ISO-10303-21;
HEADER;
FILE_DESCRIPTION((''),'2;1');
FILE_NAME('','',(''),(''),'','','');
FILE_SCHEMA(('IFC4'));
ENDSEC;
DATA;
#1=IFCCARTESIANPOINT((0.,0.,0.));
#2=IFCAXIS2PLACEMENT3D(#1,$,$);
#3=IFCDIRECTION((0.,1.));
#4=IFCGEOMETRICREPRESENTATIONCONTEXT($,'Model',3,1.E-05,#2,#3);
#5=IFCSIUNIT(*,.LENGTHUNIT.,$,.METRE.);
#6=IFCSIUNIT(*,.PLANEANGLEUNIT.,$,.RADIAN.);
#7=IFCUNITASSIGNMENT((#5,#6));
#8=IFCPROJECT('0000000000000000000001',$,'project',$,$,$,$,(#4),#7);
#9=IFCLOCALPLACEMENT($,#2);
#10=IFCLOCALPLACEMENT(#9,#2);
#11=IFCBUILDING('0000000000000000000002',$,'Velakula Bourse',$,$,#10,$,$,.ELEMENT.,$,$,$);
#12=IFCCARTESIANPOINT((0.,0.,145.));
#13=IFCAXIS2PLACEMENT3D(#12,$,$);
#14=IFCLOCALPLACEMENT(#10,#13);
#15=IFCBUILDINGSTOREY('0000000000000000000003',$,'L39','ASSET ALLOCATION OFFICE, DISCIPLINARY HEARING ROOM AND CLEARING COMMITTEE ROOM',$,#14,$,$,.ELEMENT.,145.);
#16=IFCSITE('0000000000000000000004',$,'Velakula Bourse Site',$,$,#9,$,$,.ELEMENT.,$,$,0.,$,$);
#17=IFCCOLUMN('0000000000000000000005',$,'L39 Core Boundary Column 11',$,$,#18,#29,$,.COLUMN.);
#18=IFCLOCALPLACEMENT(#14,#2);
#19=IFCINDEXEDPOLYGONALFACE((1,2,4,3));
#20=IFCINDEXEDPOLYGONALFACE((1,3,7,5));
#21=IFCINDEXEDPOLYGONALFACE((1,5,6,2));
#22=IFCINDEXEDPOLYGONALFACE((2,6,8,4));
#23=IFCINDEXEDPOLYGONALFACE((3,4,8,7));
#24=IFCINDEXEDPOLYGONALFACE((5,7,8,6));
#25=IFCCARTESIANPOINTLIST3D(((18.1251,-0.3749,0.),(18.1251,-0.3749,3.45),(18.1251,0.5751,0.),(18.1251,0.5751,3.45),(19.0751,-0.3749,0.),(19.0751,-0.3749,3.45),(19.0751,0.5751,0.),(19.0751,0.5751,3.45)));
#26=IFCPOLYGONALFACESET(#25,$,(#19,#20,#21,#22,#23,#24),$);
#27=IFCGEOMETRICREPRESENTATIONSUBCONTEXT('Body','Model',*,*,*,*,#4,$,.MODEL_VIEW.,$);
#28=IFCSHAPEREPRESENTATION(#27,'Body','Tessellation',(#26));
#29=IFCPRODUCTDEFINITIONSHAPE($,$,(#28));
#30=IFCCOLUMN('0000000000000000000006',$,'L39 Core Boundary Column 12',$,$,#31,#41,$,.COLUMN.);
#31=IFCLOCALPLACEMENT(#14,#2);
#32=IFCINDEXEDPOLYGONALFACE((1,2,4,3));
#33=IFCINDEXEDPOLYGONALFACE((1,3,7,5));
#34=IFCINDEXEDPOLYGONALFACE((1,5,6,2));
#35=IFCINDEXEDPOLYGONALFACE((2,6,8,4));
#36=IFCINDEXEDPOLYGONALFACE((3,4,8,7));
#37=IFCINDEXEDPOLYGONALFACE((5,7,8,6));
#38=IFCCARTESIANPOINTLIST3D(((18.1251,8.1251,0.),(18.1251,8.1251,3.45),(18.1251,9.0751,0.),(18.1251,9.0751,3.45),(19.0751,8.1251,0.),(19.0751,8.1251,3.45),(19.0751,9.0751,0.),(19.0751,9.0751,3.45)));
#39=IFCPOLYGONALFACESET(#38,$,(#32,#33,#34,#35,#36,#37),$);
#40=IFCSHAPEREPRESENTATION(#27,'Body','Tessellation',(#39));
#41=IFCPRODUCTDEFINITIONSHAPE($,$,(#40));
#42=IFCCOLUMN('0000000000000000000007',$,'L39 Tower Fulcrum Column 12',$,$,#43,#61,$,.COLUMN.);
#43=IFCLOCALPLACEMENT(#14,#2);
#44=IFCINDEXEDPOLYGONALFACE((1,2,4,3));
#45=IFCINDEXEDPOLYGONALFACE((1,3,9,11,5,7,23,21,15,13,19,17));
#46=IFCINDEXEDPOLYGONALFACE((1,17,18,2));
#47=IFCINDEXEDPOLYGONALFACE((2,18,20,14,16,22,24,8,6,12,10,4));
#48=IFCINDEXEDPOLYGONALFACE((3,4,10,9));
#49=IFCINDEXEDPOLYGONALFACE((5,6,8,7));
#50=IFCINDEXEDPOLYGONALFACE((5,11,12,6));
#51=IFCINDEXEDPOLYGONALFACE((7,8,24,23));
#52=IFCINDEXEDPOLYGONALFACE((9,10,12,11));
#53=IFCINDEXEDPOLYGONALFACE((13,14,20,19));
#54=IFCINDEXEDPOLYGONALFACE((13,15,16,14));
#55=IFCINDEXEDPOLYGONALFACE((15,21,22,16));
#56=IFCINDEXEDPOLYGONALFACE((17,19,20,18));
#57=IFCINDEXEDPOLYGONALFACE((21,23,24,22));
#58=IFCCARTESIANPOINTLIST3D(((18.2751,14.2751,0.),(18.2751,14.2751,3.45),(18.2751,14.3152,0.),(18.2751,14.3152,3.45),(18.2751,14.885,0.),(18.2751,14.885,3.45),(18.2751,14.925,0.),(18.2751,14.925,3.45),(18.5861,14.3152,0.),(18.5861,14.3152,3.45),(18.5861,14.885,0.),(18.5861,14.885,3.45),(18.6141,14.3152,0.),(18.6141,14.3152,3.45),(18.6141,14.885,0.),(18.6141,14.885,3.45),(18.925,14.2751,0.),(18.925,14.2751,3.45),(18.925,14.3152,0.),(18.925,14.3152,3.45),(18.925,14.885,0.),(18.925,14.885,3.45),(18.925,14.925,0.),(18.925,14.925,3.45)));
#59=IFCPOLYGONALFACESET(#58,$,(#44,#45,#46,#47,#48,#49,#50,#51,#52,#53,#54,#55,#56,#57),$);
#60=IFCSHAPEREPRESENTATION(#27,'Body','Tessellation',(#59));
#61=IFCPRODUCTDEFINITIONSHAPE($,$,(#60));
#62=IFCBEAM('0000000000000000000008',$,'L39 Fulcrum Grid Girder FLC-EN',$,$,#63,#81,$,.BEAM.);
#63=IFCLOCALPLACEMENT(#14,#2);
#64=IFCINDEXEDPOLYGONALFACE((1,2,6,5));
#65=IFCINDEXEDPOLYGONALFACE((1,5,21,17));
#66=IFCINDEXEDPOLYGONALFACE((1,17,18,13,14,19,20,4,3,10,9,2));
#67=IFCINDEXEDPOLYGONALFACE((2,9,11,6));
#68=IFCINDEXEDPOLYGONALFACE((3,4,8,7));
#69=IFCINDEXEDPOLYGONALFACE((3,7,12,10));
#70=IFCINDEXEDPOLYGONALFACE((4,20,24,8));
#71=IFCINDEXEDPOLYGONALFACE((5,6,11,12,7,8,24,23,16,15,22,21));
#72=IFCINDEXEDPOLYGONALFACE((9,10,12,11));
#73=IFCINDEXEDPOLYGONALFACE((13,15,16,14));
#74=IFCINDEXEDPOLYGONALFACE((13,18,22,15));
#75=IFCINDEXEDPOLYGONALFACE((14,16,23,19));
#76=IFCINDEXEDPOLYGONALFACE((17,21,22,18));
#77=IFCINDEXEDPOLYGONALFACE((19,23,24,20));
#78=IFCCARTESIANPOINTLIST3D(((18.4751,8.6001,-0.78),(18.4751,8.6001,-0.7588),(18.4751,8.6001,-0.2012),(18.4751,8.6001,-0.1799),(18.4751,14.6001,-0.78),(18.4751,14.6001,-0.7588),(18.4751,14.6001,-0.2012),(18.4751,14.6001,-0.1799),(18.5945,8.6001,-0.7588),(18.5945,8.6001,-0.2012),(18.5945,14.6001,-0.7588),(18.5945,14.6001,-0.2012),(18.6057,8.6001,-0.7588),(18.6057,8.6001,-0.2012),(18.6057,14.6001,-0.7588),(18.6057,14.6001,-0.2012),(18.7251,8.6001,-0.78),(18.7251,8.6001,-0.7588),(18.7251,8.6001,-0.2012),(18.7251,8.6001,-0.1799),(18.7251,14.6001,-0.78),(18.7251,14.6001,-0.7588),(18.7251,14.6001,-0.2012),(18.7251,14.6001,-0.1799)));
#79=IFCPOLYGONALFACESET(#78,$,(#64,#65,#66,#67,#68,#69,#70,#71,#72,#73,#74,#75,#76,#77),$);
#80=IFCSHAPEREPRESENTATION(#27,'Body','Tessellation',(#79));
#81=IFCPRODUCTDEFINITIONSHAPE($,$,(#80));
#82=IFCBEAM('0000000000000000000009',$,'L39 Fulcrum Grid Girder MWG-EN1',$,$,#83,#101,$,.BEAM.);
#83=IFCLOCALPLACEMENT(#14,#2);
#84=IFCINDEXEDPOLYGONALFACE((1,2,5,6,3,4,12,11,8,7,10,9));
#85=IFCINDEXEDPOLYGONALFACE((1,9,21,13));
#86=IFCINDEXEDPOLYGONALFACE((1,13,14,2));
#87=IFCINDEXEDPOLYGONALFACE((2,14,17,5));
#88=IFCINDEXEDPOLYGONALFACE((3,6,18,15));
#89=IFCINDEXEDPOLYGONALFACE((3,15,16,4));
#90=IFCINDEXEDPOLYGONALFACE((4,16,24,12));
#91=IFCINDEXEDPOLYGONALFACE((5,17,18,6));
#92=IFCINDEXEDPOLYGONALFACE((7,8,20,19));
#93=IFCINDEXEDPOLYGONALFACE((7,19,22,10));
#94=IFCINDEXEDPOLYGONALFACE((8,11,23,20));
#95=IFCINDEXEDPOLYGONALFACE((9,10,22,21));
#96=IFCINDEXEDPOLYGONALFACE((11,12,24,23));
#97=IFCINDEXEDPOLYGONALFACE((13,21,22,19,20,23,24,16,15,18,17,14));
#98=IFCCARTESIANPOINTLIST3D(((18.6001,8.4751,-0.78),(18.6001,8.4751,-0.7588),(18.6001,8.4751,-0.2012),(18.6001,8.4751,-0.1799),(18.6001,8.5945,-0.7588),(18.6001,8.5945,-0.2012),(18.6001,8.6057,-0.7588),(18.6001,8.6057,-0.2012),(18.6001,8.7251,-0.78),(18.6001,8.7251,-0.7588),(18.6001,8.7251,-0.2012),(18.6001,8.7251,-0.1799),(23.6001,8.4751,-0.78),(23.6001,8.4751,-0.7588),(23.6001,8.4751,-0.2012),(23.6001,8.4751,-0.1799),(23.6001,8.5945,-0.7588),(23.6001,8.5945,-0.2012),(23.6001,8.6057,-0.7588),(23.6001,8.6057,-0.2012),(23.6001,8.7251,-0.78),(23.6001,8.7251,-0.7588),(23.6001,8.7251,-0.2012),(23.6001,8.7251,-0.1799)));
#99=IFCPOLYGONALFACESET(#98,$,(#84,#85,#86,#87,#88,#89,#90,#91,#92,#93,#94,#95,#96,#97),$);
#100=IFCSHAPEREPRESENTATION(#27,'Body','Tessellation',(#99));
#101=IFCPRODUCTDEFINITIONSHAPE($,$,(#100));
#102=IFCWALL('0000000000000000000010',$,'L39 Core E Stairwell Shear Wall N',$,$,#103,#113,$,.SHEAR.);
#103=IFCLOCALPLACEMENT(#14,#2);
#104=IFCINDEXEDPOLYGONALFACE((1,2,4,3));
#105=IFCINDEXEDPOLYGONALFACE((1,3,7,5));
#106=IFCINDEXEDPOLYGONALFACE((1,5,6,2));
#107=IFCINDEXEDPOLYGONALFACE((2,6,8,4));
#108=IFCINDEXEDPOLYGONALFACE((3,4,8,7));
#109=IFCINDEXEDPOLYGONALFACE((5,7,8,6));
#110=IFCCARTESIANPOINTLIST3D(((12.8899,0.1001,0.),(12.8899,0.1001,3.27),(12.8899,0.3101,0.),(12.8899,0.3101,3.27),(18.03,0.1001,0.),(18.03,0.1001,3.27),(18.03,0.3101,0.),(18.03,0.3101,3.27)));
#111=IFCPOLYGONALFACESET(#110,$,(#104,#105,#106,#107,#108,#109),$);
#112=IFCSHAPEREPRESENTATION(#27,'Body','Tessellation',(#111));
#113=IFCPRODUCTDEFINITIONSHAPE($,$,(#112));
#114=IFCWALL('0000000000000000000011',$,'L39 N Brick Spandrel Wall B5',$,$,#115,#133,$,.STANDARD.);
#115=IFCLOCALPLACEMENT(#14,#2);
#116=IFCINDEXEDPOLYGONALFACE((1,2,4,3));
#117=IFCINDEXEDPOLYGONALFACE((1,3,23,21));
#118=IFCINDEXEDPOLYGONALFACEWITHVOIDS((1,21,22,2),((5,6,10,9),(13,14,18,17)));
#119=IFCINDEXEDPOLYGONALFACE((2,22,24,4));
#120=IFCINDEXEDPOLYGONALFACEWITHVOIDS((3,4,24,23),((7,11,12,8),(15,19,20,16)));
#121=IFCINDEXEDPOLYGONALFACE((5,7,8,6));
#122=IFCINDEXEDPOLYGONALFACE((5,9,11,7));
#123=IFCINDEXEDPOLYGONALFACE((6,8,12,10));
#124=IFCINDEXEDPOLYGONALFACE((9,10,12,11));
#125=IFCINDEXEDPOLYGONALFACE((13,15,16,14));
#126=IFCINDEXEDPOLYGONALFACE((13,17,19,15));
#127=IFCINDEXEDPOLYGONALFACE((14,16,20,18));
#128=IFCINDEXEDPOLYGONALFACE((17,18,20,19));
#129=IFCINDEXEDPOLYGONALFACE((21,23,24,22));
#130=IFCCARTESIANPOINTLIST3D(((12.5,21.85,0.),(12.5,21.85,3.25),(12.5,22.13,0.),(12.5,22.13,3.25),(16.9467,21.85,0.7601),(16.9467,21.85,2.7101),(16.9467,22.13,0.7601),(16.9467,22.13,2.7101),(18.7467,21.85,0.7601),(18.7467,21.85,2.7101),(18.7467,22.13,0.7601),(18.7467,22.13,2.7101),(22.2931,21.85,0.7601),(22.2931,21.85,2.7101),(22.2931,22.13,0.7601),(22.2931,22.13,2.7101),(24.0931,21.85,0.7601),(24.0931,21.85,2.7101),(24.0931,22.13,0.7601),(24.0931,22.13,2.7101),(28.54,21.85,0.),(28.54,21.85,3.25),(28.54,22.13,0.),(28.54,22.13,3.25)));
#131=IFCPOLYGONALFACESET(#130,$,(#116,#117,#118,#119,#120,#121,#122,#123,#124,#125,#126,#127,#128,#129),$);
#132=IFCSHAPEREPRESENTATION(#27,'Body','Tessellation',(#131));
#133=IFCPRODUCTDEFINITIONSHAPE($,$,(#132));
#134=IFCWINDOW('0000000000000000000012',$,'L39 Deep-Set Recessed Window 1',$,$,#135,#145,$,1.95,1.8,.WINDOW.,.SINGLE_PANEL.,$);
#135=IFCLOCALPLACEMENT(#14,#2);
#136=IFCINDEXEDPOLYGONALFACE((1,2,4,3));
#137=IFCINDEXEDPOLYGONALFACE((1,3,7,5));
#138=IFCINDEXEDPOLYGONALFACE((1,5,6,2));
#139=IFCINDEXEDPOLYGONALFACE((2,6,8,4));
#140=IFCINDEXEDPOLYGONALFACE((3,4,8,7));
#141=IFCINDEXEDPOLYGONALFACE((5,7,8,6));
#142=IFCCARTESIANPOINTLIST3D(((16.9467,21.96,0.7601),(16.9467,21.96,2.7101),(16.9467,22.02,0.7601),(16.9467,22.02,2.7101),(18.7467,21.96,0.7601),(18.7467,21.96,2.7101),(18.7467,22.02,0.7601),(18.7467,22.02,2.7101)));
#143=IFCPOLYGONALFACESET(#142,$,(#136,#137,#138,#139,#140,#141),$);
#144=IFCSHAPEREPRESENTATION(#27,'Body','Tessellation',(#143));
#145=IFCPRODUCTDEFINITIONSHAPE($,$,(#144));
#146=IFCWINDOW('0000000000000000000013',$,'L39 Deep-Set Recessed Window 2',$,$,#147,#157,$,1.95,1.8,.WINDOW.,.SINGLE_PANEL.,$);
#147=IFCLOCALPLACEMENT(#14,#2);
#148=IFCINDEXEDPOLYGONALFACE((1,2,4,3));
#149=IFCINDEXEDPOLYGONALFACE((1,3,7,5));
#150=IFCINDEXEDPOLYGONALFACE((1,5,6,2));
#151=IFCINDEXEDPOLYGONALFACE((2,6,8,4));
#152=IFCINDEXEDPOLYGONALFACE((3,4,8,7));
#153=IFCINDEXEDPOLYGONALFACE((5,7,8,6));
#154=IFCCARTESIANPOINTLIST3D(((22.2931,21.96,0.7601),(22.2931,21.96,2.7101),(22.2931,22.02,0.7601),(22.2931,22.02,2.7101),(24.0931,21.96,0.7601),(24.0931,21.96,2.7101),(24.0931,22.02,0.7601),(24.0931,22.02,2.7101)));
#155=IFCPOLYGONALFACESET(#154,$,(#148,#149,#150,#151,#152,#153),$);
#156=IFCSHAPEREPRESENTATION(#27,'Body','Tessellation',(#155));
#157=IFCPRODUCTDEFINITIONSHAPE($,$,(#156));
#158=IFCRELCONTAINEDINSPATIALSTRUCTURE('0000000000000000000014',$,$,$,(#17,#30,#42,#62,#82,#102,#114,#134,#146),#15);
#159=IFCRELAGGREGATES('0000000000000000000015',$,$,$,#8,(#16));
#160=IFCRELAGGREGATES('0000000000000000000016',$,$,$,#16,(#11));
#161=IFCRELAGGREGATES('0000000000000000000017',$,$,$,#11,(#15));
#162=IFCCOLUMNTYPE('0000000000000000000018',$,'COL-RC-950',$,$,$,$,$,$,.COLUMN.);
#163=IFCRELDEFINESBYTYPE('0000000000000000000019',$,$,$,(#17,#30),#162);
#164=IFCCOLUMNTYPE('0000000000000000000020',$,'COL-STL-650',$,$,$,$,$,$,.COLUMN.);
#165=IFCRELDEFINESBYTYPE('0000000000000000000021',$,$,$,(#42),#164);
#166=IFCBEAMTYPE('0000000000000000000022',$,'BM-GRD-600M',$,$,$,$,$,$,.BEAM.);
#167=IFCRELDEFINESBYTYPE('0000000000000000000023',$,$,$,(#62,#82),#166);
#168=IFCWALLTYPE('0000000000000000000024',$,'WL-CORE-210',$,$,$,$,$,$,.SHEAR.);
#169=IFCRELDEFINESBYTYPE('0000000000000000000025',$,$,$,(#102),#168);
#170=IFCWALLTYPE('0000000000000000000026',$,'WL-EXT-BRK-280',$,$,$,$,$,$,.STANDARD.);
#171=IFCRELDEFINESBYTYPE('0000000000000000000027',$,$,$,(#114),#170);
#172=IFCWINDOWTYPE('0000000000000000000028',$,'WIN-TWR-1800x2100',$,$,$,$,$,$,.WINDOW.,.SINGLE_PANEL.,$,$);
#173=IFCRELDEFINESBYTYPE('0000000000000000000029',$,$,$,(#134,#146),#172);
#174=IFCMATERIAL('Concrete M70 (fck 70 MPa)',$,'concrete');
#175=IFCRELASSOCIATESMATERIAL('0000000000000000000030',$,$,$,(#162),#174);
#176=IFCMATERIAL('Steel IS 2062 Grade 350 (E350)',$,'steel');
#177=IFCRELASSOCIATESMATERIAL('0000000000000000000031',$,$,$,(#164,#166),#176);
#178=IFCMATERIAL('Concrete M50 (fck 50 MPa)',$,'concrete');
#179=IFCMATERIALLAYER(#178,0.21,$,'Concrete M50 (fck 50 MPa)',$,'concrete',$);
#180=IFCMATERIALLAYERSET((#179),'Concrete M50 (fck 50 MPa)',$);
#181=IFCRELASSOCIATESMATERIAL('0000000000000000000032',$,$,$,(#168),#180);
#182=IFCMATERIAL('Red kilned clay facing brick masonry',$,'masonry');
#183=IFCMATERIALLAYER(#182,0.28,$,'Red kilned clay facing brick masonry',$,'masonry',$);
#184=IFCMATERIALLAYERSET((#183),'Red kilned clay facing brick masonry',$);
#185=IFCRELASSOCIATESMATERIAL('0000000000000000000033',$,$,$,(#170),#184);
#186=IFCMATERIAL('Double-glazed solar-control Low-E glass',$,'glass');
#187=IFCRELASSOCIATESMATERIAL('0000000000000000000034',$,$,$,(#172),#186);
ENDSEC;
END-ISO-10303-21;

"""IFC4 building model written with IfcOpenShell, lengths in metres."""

from ifc_helpers import new_model, si_unit, direction, frame, frame_2d, origin, origin_2d, place, context, subcontext, project, spatial, rectangle, i_section, extrude, material, layer, layer_set, material_profile, profile_set, type_object, element, fill, save


model = new_model("IFC4")

# Units and contexts
model_context = context("Model", 3, precision=1e-05, world=origin(), true_north=direction((0.0, 1.0)))
body_context = subcontext(model_context, "Body", "Model", "MODEL_VIEW")
ifc_project = project(units=[si_unit("LENGTHUNIT", "METRE"), si_unit("PLANEANGLEUNIT", "RADIAN")], contexts=[model_context])

# Site, building, storey
site_placement = place(None, origin())
site = spatial("IfcSite", under=ifc_project, at=site_placement, Name="Velakula Bourse Site", CompositionType="ELEMENT", RefElevation=0.0)
building_placement = place(site_placement, origin())
building = spatial("IfcBuilding", under=site, at=building_placement, Name="Velakula Bourse", CompositionType="ELEMENT")
storey_placement = place(building_placement, frame((0.0, 0.0, 145.0)))
storey = spatial("IfcBuildingStorey", under=building, at=storey_placement, Name="L39", Description="ASSET ALLOCATION OFFICE, DISCIPLINARY HEARING ROOM AND CLEARING COMMITTEE ROOM", CompositionType="ELEMENT", Elevation=145.0)

# Columns
ifc_material_1 = material(Name="Concrete M70 (fck 70 MPa)", Category="concrete")
ifc_material_profile_1 = material_profile(ifc_material_1, rectangle(XDim=0.95, YDim=0.95, at=origin_2d()), Name="Concrete M70 (fck 70 MPa)")
ifc_profile_set_1 = profile_set([ifc_material_profile_1], Name="Concrete M70 (fck 70 MPa)")
column_type_1 = type_object("IfcColumnType", Name="COL-RC-950", PredefinedType="COLUMN", material=ifc_profile_set_1)
for number, where, z_axis, x_axis, name in (
    (1, (18.6001, 0.1001, 0.0), (0.0, 0.0, 1.0), (1.0, 0.0, 0.0), "L39 Core Boundary Column 11"),
    (2, (18.6001, 8.6001, 0.0), (0.0, 0.0, 1.0), (1.0, 0.0, 0.0), "L39 Core Boundary Column 12"),
):
    element("IfcColumn", number, at=place(storey_placement, frame(where, z_axis=z_axis, x_axis=x_axis)), inside=storey, type_object=column_type_1, Name=name, PredefinedType="COLUMN", context=body_context, shape_type="SweptSolid", body=[
        extrude(rectangle(XDim=0.95, YDim=0.95, at=origin_2d()), origin(), (0.0, 0.0, 1.0), 3.45),
    ])
ifc_material_2 = material(Name="Steel IS 2062 Grade 350 (E350)", Category="steel")
ifc_material_profile_2 = material_profile(ifc_material_2, i_section(OverallWidth=0.6499, OverallDepth=0.6499, WebThickness=0.0281, FlangeThickness=0.04, at=origin_2d()), Name="Steel IS 2062 Grade 350 (E350)")
ifc_profile_set_2 = profile_set([ifc_material_profile_2], Name="Steel IS 2062 Grade 350 (E350)")
column_type_2 = type_object("IfcColumnType", Name="COL-STL-650", PredefinedType="COLUMN", material=ifc_profile_set_2)
column_placement = place(storey_placement, frame((18.6001, 14.6001, 0.0), z_axis=(0.0, 0.0, 1.0), x_axis=(1.0, 0.0, 0.0)))
element("IfcColumn", 3, at=column_placement, inside=storey, type_object=column_type_2, Name="L39 Tower Fulcrum Column 12", PredefinedType="COLUMN", context=body_context, shape_type="SweptSolid", body=[
    extrude(i_section(OverallWidth=0.6499, OverallDepth=0.6499, WebThickness=0.0281, FlangeThickness=0.04, at=origin_2d()), origin(), (0.0, 0.0, 1.0), 3.45),
])

# Beams
ifc_material_profile_3 = material_profile(ifc_material_2, i_section(OverallWidth=0.25, OverallDepth=0.6001, WebThickness=0.0112, FlangeThickness=0.0212, at=origin_2d()), Name="Steel IS 2062 Grade 350 (E350)")
ifc_profile_set_3 = profile_set([ifc_material_profile_3], Name="Steel IS 2062 Grade 350 (E350)")
beam_type = type_object("IfcBeamType", Name="BM-GRD-600M", PredefinedType="BEAM", material=ifc_profile_set_3)
beam_1_placement = place(storey_placement, frame((18.6001, 8.6001, -0.48), z_axis=(0.0, 1.0, 0.0), x_axis=(-1.0, 0.0, 0.0)))
element("IfcBeam", 4, at=beam_1_placement, inside=storey, type_object=beam_type, Name="L39 Fulcrum Grid Girder FLC-EN", PredefinedType="BEAM", context=body_context, shape_type="SweptSolid", body=[
    extrude(i_section(OverallWidth=0.25, OverallDepth=0.6001, WebThickness=0.0112, FlangeThickness=0.0212, at=origin_2d()), origin(), (0.0, 0.0, 1.0), 6.0),
])
beam_2_placement = place(storey_placement, frame((18.6001, 8.6001, -0.48), z_axis=(1.0, 0.0, 0.0), x_axis=(0.0, 1.0, 0.0)))
element("IfcBeam", 5, at=beam_2_placement, inside=storey, type_object=beam_type, Name="L39 Fulcrum Grid Girder MWG-EN1", PredefinedType="BEAM", context=body_context, shape_type="SweptSolid", body=[
    extrude(i_section(OverallWidth=0.25, OverallDepth=0.6001, WebThickness=0.0112, FlangeThickness=0.0212, at=origin_2d()), origin(), (0.0, 0.0, 1.0), 5.0),
])

# Wall
ifc_material_3 = material(Name="Concrete M50 (fck 50 MPa)", Category="concrete")
ifc_layer_1 = layer(ifc_material_3, 0.21, Name="Concrete M50 (fck 50 MPa)", Category="concrete")
ifc_layer_set_1 = layer_set([ifc_layer_1], Name="Concrete M50 (fck 50 MPa)")
wall_type_1 = type_object("IfcWallType", Name="WL-CORE-210", PredefinedType="SHEAR", material=ifc_layer_set_1)
wall_1_placement = place(storey_placement, frame((18.03, 0.2051, 0.0), z_axis=(0.0, 0.0, 1.0), x_axis=(-1.0, 0.0, 0.0)))
element("IfcWall", 6, at=wall_1_placement, inside=storey, type_object=wall_type_1, Name="L39 Core E Stairwell Shear Wall N", PredefinedType="SHEAR", context=body_context, shape_type="SweptSolid", body=[
    extrude(rectangle(XDim=5.1401, YDim=0.21, at=frame_2d((2.5701, 0.0))), origin(), (0.0, 0.0, 1.0), 3.27),
])

# Wall, openings, windows
ifc_material_4 = material(Name="Red kilned clay facing brick masonry", Category="masonry")
ifc_layer_2 = layer(ifc_material_4, 0.28, Name="Red kilned clay facing brick masonry", Category="masonry")
ifc_layer_set_2 = layer_set([ifc_layer_2], Name="Red kilned clay facing brick masonry")
wall_type_2 = type_object("IfcWallType", Name="WL-EXT-BRK-280", PredefinedType="STANDARD", material=ifc_layer_set_2)
wall_2_placement = place(storey_placement, frame((12.5, 21.99, 0.0), z_axis=(0.0, 0.0, 1.0), x_axis=(1.0, 0.0, 0.0)))
wall_2 = element("IfcWall", 7, at=wall_2_placement, inside=storey, type_object=wall_type_2, Name="L39 N Brick Spandrel Wall B5", PredefinedType="STANDARD", context=body_context, shape_type="SweptSolid", body=[
    extrude(rectangle(XDim=16.04, YDim=0.28, at=frame_2d((8.02, 0.0))), origin(), (0.0, 0.0, 1.0), 3.25),
])
opening_1_placement = place(wall_2_placement, frame((4.4468, 0.0, 0.76)))
opening_1 = element("IfcOpeningElement", 8, at=opening_1_placement, cuts=wall_2, PredefinedType="OPENING", context=body_context, shape_type="SweptSolid", body=[
    extrude(rectangle(XDim=1.8, YDim=1.95, at=frame_2d((0.8999, 0.9751))), frame((0.0, 0.1499, 0.0), z_axis=(0.0, -1.0, 0.0), x_axis=(1.0, 0.0, 0.0)), (0.0, 0.0, 1.0), 0.3),
])
opening_2_placement = place(wall_2_placement, frame((9.7932, 0.0, 0.76)))
opening_2 = element("IfcOpeningElement", 9, at=opening_2_placement, cuts=wall_2, PredefinedType="OPENING", context=body_context, shape_type="SweptSolid", body=[
    extrude(rectangle(XDim=1.8, YDim=1.95, at=frame_2d((0.8999, 0.9751))), frame((0.0, 0.1499, 0.0), z_axis=(0.0, -1.0, 0.0), x_axis=(1.0, 0.0, 0.0)), (0.0, 0.0, 1.0), 0.3),
])
ifc_material_5 = material(Name="Double-glazed solar-control Low-E glass", Category="glass")
window_type = type_object("IfcWindowType", Name="WIN-TWR-1800x2100", PartitioningType="SINGLE_PANEL", PredefinedType="WINDOW", material=ifc_material_5)
window_1_placement = place(opening_1_placement, origin())
window_1 = element("IfcWindow", 10, at=window_1_placement, inside=storey, type_object=window_type, Name="L39 Deep-Set Recessed Window 1", OverallHeight=1.95, OverallWidth=1.8, PartitioningType="SINGLE_PANEL", PredefinedType="WINDOW", context=body_context, shape_type="SweptSolid", body=[
    extrude(rectangle(XDim=1.8, YDim=1.95, at=frame_2d((0.8999, 0.9751))), frame((0.0, 0.03, 0.0), z_axis=(0.0, -1.0, 0.0), x_axis=(1.0, 0.0, 0.0)), (0.0, 0.0, 1.0), 0.0601),
])
fill(opening_1, window_1)
window_2_placement = place(opening_2_placement, origin())
window_2 = element("IfcWindow", 11, at=window_2_placement, inside=storey, type_object=window_type, Name="L39 Deep-Set Recessed Window 2", OverallHeight=1.95, OverallWidth=1.8, PartitioningType="SINGLE_PANEL", PredefinedType="WINDOW", context=body_context, shape_type="SweptSolid", body=[
    extrude(rectangle(XDim=1.8, YDim=1.95, at=frame_2d((0.8999, 0.9751))), frame((0.0, 0.03, 0.0), z_axis=(0.0, -1.0, 0.0), x_axis=(1.0, 0.0, 0.0)), (0.0, 0.0, 1.0), 0.0601),
])
fill(opening_2, window_2)

save(model, "model.ifc")
